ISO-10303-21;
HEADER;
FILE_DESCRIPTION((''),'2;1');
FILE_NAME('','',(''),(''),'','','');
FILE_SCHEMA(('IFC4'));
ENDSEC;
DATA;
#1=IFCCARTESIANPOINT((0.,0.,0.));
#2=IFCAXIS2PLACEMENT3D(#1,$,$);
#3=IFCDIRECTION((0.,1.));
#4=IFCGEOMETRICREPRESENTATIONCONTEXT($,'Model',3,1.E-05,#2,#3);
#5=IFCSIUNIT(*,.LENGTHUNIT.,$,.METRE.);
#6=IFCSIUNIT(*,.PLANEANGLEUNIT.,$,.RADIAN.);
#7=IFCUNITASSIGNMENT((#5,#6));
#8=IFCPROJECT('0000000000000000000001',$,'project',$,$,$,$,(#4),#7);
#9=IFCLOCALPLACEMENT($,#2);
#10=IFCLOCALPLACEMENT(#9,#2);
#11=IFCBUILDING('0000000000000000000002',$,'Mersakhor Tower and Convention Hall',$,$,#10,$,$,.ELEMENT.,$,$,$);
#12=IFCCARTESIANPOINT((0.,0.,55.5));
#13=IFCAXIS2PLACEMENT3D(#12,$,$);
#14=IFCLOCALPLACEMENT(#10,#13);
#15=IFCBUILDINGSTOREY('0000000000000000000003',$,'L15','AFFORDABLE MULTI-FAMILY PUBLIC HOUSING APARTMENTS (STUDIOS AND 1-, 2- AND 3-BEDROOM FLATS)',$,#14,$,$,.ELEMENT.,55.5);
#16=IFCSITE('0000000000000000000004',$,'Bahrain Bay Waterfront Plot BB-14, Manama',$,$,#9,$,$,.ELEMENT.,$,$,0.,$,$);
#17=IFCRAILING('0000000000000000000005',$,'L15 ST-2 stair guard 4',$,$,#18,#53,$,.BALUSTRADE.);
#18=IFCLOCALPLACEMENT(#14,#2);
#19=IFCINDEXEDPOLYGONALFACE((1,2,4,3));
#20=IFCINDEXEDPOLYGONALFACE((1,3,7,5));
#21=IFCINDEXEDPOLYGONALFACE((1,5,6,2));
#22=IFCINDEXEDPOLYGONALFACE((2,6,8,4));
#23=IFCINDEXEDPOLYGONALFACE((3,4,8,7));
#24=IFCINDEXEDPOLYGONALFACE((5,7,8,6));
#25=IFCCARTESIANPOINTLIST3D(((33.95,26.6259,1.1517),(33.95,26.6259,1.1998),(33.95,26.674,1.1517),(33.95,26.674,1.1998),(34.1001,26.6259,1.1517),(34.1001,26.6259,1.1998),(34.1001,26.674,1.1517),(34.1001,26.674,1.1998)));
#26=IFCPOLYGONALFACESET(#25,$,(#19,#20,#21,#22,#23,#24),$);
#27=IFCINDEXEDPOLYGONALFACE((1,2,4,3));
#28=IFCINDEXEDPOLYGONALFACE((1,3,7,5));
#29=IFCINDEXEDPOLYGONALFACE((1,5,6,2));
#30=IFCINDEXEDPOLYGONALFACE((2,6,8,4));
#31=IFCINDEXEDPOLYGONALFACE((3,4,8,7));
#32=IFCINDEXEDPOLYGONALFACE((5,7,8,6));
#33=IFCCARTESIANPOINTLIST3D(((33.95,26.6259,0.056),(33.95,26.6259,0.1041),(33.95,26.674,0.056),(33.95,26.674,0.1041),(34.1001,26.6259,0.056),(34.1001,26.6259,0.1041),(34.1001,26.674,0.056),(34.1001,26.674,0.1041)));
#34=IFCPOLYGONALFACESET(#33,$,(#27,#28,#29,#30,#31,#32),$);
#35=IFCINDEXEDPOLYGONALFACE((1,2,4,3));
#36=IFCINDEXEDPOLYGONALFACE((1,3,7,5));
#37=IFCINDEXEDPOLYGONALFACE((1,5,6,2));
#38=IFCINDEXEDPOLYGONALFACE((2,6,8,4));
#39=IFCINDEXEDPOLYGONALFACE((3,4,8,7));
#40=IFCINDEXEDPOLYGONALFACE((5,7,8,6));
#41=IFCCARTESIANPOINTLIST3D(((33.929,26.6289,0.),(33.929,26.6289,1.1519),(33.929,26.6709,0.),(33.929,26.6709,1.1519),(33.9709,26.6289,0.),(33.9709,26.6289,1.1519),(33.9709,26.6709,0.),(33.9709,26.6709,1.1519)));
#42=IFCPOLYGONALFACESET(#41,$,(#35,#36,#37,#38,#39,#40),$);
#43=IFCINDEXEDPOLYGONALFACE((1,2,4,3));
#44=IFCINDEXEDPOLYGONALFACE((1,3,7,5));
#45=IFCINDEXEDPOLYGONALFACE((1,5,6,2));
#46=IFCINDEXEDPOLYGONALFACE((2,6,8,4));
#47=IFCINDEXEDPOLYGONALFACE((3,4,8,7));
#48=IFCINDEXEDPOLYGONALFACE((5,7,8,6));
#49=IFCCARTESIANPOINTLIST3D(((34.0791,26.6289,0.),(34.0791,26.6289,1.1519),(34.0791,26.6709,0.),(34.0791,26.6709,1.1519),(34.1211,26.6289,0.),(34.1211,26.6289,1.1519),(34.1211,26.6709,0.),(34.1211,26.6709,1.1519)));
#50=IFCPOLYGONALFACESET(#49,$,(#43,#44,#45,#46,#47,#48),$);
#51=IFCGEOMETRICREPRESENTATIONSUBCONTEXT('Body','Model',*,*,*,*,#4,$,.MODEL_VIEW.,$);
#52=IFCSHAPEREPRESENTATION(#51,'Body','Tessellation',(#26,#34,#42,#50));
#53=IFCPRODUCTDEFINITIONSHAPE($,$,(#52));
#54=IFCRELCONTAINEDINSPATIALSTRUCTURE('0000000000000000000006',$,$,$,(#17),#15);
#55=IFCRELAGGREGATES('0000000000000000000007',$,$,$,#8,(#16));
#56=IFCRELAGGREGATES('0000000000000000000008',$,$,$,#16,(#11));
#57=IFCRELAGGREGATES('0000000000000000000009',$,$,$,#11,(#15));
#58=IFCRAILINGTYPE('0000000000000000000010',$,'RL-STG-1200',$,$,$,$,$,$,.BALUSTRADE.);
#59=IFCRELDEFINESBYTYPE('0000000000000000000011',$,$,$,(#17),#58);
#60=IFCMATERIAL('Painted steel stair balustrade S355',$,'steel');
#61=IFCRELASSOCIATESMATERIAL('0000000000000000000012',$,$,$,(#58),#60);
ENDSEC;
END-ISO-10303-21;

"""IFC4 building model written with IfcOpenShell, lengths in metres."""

from ifc_helpers import new_model, si_unit, direction, frame, origin, origin_2d, place, context, subcontext, project, spatial, rectangle, extrude, material, type_object, element, save


model = new_model("IFC4")

# Units and contexts
model_context = context("Model", 3, precision=1e-05, world=origin(), true_north=direction((0.0, 1.0)))
body_context = subcontext(model_context, "Body", "Model", "MODEL_VIEW")
ifc_project = project(units=[si_unit("LENGTHUNIT", "METRE"), si_unit("PLANEANGLEUNIT", "RADIAN")], contexts=[model_context])

# Site, building, storey
site_placement = place(None, origin())
site = spatial("IfcSite", under=ifc_project, at=site_placement, Name="Bahrain Bay Waterfront Plot BB-14, Manama", CompositionType="ELEMENT", RefElevation=0.0)
building_placement = place(site_placement, origin())
building = spatial("IfcBuilding", under=site, at=building_placement, Name="Mersakhor Tower and Convention Hall", CompositionType="ELEMENT")
storey_placement = place(building_placement, frame((0.0, 0.0, 55.5)))
storey = spatial("IfcBuildingStorey", under=building, at=storey_placement, Name="L15", Description="AFFORDABLE MULTI-FAMILY PUBLIC HOUSING APARTMENTS (STUDIOS AND 1-, 2- AND 3-BEDROOM FLATS)", CompositionType="ELEMENT", Elevation=55.5)

# Railing
ifc_material_1 = material(Name="Painted steel stair balustrade S355", Category="steel")
railing_type_1 = type_object("IfcRailingType", Name="RL-STG-1200", PredefinedType="BALUSTRADE", material=ifc_material_1)
railing_1_placement = place(storey_placement, frame((33.95, 26.6499, 0.0)))
element("IfcRailing", 1, at=railing_1_placement, inside=storey, type_object=railing_type_1, Name="L15 ST-2 stair guard 4", PredefinedType="BALUSTRADE", context=body_context, shape_type="SweptSolid", body=[
    extrude(rectangle(XDim=0.0481, YDim=0.0481, at=origin_2d()), frame((0.0, 0.0, 1.1758), z_axis=(1.0, 0.0, 0.0), x_axis=(0.0, 1.0, 0.0)), (0.0, 0.0, 1.0), 0.1501),
    extrude(rectangle(XDim=0.0481, YDim=0.0481, at=origin_2d()), frame((0.0, 0.0, 0.0801), z_axis=(1.0, 0.0, 0.0), x_axis=(0.0, 1.0, 0.0)), (0.0, 0.0, 1.0), 0.1501),
    extrude(rectangle(XDim=0.042, YDim=0.042, at=origin_2d()), origin(), (0.0, 0.0, 1.0), 1.1519),
    extrude(rectangle(XDim=0.042, YDim=0.042, at=origin_2d()), frame((0.1501, 0.0, 0.0)), (0.0, 0.0, 1.0), 1.1519),
])

save(model, "model.ifc")
